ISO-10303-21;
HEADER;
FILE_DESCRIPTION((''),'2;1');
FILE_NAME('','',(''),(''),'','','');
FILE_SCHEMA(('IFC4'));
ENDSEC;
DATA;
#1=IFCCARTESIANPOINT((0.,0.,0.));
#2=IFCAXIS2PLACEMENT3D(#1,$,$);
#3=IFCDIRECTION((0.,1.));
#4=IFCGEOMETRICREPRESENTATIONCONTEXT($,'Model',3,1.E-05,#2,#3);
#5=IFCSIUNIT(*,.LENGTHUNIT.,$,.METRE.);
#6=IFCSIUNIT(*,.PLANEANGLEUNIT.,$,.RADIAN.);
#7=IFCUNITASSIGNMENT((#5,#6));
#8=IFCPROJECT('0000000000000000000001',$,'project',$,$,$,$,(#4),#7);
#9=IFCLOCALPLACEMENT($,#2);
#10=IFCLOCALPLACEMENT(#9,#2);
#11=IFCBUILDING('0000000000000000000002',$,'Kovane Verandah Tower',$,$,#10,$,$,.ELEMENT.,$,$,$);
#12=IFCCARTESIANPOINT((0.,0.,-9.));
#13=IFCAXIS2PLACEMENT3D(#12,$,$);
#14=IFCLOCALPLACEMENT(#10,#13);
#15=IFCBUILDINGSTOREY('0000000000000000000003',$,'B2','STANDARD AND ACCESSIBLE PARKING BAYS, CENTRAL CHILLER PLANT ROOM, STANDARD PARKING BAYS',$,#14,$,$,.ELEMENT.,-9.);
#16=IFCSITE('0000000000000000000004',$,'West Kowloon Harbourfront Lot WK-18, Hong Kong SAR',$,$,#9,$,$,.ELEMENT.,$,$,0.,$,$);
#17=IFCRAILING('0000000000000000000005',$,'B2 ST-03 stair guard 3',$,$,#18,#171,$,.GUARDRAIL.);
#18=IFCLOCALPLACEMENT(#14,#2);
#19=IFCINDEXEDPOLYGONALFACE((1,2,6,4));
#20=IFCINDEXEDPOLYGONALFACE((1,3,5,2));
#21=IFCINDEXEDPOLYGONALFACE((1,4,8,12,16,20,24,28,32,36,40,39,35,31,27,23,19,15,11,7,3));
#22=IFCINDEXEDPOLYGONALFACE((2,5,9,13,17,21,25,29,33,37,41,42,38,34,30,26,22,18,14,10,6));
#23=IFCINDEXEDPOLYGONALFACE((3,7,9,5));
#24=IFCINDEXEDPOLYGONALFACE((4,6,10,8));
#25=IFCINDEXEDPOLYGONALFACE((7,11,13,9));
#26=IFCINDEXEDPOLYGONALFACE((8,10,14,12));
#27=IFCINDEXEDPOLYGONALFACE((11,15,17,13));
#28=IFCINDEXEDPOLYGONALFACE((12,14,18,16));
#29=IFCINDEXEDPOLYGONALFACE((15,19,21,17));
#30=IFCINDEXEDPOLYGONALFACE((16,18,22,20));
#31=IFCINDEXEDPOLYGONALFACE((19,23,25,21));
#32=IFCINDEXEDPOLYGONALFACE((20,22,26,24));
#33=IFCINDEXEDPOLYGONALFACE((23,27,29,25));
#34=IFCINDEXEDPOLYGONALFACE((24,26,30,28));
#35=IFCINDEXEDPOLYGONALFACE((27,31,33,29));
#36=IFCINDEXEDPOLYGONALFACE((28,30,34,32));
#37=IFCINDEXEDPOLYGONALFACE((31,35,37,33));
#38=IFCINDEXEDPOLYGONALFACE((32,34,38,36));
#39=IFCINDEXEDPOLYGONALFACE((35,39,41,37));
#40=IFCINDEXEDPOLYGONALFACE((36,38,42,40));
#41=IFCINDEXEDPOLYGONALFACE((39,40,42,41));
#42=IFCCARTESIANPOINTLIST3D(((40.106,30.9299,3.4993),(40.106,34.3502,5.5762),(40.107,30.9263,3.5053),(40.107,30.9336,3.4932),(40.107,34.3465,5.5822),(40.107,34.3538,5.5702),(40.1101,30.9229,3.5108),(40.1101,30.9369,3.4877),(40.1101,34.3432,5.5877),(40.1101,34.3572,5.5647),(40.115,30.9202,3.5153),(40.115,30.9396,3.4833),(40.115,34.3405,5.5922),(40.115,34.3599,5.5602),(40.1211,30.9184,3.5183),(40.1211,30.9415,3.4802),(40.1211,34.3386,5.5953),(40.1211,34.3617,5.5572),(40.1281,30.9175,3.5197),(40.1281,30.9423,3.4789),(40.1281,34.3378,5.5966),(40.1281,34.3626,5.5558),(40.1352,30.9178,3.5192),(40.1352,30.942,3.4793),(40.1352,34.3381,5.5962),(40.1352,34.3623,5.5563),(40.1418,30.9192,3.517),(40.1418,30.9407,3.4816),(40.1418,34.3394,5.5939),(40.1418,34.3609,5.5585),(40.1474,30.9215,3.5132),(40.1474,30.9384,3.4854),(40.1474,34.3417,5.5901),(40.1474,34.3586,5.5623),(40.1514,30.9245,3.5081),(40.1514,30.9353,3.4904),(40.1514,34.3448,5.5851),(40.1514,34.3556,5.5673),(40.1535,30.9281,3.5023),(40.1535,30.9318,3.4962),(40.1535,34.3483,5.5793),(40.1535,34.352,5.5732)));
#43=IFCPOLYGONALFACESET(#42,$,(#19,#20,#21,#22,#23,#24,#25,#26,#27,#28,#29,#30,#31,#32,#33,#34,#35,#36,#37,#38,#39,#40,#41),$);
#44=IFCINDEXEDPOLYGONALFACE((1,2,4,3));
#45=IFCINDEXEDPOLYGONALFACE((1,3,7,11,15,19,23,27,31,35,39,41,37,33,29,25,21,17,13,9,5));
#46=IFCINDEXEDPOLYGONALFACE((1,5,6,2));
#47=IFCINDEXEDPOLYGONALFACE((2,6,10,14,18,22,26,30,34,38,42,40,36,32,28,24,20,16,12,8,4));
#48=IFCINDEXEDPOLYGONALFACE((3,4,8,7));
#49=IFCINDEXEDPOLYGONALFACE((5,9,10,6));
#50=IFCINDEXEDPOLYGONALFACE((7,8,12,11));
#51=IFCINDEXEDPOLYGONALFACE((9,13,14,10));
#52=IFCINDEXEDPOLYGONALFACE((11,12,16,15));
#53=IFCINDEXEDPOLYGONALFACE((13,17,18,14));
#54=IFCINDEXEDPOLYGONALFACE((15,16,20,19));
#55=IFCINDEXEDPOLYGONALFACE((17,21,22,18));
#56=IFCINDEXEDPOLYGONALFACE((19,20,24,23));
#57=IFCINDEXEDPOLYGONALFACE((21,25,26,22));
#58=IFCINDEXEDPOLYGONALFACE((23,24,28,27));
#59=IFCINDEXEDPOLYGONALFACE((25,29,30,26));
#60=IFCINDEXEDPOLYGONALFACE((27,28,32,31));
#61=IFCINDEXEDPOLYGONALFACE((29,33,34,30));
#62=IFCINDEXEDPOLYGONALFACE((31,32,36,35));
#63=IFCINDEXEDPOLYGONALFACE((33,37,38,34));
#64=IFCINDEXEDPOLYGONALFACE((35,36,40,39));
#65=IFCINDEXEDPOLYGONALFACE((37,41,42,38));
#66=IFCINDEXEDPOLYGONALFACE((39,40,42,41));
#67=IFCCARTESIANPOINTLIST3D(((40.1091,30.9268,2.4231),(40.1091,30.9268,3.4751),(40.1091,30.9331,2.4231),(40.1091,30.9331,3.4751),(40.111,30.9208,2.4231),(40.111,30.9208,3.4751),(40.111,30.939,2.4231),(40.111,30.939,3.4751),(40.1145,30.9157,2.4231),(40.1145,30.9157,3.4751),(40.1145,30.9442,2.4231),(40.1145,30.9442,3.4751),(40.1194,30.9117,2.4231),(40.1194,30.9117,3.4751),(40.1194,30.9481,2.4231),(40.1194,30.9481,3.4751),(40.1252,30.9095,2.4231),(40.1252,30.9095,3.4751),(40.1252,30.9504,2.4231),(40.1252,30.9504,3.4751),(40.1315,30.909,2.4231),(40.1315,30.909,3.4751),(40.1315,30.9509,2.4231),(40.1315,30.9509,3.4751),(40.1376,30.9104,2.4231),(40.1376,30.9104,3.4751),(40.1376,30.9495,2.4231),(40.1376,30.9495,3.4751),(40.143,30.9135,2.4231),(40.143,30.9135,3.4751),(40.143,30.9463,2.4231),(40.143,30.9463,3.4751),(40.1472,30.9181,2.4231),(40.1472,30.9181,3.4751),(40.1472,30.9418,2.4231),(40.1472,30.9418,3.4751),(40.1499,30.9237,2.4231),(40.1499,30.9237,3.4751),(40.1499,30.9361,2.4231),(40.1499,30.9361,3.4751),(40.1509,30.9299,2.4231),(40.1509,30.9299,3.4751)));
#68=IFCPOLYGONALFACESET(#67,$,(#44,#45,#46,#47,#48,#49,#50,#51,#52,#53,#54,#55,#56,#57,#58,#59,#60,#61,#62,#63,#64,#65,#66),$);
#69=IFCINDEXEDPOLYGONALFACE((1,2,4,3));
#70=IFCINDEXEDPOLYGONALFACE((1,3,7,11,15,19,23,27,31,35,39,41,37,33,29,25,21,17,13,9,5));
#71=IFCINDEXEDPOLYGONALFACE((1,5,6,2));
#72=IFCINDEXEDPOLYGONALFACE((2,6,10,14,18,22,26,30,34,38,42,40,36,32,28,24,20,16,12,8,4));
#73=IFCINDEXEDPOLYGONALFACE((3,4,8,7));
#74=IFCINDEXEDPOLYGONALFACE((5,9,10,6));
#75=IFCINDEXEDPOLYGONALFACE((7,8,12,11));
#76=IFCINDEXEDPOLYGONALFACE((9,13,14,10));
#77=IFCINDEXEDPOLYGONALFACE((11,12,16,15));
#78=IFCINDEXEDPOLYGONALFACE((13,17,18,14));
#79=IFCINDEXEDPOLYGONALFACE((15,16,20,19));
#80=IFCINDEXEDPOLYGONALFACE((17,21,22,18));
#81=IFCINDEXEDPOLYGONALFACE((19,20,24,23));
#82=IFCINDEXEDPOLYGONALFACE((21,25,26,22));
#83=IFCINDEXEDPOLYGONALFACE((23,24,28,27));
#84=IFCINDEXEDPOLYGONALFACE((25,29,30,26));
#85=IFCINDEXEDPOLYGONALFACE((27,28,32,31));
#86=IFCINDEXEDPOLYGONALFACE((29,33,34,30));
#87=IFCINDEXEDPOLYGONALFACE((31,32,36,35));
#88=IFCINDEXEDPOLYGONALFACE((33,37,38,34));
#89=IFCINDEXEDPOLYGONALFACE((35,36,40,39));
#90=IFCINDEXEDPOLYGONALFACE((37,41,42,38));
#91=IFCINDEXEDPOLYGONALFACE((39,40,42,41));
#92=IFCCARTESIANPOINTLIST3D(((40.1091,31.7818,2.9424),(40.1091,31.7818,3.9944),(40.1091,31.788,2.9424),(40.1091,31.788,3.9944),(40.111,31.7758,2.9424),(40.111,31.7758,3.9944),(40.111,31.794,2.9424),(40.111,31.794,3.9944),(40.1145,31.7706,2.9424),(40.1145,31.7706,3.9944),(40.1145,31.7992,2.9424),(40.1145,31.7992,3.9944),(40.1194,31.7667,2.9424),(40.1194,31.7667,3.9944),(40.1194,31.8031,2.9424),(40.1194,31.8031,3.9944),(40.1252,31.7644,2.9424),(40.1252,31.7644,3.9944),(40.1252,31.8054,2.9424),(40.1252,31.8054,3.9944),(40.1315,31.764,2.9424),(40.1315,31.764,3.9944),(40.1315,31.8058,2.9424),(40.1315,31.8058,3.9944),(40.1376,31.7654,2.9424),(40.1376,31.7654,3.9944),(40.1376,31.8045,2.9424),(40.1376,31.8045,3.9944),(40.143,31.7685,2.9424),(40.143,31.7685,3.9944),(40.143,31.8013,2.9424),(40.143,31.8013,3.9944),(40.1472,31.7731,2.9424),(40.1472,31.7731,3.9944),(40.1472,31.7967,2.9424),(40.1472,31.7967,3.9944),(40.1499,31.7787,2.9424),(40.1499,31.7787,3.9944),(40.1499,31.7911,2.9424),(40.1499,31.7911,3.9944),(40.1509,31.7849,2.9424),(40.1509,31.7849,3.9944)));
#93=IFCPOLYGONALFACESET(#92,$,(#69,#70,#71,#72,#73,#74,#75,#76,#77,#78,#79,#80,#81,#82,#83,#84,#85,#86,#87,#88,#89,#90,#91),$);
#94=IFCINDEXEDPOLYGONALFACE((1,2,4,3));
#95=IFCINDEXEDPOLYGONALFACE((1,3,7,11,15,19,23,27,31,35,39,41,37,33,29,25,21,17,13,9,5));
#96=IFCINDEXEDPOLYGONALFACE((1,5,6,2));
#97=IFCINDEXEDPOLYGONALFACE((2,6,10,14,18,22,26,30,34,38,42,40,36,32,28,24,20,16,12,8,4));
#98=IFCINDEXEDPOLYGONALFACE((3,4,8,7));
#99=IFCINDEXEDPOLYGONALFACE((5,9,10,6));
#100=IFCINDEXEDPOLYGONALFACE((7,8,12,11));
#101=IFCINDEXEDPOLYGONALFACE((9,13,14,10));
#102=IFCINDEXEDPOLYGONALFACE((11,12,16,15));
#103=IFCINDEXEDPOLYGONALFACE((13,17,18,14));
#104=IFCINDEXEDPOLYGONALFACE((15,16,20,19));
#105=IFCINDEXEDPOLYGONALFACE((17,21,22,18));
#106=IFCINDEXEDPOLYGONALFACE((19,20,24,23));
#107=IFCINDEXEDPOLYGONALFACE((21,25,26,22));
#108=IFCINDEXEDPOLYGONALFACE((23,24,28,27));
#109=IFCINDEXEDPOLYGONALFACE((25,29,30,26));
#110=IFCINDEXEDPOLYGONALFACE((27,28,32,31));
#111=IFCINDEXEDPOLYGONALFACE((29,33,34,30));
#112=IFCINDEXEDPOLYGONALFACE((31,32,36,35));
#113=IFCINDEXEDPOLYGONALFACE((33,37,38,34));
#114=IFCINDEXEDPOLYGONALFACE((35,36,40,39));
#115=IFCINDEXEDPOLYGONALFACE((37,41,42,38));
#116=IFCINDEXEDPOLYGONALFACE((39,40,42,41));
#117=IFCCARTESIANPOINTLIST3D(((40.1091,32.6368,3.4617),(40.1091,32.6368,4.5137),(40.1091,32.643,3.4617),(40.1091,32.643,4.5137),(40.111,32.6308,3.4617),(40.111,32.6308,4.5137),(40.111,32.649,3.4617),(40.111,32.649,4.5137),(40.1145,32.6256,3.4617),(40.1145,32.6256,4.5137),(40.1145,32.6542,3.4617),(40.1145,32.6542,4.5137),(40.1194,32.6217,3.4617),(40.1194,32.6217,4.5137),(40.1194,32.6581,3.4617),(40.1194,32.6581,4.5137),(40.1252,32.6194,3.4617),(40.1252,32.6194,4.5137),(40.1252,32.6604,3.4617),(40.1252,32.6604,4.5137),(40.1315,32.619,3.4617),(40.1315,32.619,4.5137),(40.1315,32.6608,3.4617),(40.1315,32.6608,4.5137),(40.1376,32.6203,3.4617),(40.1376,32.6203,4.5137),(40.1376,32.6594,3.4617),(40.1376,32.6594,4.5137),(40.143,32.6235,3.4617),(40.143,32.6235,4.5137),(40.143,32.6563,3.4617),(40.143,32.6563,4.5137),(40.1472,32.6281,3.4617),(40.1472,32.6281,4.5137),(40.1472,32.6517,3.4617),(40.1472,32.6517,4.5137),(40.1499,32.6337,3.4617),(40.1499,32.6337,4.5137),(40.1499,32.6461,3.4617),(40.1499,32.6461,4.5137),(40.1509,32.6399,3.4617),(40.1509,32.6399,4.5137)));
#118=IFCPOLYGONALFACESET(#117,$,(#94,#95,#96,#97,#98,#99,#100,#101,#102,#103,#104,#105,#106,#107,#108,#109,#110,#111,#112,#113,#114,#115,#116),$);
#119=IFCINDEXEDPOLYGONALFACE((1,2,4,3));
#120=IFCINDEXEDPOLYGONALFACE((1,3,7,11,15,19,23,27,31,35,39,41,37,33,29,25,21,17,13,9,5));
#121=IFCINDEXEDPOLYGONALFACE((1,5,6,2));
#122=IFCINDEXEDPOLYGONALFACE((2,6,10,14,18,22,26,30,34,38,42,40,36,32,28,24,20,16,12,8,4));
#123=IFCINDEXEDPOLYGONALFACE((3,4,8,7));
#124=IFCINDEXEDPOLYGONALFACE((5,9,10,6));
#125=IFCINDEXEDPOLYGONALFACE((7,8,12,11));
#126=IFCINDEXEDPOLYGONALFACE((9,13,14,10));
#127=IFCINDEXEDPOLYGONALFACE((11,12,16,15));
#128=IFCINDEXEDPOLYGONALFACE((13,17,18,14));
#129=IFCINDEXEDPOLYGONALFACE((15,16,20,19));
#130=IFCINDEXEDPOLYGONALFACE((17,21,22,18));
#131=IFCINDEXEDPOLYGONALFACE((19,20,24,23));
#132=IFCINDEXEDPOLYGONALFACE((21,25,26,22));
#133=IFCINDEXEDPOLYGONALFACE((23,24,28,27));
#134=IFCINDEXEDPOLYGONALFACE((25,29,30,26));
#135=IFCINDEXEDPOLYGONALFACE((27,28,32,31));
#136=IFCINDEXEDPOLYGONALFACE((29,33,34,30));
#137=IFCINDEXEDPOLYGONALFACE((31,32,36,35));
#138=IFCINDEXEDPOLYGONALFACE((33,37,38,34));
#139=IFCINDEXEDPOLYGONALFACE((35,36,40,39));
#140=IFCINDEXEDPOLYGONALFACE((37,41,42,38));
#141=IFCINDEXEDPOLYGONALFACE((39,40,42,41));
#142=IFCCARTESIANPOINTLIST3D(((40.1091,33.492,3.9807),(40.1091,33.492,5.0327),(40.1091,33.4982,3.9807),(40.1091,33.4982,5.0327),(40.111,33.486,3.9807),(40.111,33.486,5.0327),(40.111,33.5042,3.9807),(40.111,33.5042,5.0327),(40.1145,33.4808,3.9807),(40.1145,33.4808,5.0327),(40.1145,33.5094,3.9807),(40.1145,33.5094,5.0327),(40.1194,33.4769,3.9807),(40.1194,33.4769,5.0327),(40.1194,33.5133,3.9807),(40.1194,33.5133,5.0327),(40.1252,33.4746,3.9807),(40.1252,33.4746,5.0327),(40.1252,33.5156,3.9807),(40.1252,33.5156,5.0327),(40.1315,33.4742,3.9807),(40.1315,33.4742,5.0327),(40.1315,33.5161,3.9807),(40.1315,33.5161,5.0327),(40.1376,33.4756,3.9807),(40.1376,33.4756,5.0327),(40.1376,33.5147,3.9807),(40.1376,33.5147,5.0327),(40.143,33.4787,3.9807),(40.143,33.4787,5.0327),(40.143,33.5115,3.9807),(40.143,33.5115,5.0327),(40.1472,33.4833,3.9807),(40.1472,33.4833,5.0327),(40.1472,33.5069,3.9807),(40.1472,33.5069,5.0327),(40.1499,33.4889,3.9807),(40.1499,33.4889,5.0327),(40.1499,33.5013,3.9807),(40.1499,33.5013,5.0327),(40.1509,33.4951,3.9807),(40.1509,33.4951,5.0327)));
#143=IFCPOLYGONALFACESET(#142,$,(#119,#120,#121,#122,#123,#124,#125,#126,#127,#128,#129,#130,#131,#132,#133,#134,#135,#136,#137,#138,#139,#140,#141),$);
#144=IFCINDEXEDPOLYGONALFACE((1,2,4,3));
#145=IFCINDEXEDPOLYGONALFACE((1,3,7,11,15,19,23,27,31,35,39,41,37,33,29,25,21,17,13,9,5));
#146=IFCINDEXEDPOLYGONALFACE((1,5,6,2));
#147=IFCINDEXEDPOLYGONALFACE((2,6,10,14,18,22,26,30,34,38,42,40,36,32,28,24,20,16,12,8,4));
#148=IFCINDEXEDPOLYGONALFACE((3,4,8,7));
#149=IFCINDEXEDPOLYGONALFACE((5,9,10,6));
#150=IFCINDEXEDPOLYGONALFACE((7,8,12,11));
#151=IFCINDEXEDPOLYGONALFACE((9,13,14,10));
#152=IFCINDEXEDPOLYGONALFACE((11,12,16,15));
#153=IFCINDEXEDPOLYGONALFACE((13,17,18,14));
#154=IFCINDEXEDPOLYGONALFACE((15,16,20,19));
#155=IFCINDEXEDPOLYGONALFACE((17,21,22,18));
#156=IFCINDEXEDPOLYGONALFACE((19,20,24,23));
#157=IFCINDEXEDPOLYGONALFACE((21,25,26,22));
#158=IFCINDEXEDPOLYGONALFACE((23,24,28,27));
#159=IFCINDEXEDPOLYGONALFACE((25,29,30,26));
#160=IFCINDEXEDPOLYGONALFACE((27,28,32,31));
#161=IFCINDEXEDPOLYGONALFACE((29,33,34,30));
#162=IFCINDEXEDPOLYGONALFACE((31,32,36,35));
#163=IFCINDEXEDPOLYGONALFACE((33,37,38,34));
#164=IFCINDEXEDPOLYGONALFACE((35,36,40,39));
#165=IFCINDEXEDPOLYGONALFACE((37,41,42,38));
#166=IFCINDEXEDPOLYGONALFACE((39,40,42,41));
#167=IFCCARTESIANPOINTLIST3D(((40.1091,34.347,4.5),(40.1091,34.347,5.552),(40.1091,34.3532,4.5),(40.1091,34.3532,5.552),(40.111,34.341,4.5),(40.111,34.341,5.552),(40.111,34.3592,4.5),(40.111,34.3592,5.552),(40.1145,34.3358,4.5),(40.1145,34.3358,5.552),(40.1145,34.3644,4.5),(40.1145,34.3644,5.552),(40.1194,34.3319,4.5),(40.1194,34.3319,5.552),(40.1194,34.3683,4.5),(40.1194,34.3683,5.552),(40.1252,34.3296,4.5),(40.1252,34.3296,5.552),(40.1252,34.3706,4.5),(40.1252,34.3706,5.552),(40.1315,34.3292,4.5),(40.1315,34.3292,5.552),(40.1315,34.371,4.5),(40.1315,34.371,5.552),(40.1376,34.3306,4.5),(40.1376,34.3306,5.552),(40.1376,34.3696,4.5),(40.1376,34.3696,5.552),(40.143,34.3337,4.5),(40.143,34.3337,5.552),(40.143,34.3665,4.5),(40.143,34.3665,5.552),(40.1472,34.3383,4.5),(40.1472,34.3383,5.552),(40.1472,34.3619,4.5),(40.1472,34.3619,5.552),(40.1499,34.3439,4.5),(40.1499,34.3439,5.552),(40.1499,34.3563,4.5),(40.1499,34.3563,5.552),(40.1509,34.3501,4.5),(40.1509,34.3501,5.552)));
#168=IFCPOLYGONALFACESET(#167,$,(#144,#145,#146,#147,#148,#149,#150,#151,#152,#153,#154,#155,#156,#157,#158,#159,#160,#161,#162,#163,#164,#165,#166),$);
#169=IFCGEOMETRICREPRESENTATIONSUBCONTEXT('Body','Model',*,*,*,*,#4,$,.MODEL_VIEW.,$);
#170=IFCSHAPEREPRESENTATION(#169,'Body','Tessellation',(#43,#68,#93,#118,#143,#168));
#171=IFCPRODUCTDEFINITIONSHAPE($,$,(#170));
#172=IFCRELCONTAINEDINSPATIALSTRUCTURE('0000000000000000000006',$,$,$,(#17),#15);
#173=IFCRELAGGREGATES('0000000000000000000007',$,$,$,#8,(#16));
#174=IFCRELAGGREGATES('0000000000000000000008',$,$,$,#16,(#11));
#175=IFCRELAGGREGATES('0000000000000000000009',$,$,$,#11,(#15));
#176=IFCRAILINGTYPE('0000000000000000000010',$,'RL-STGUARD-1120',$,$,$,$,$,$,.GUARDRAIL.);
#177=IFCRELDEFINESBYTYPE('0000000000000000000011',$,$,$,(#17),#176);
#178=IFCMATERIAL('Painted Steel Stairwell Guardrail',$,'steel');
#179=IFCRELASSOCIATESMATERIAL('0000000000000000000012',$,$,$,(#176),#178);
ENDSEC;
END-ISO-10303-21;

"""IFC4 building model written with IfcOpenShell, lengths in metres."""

from ifc_helpers import new_model, si_unit, direction, frame, origin, origin_2d, place, context, subcontext, project, spatial, circle, extrude, material, type_object, element, save


model = new_model("IFC4")

# Units and contexts
model_context = context("Model", 3, precision=1e-05, world=origin(), true_north=direction((0.0, 1.0)))
body_context = subcontext(model_context, "Body", "Model", "MODEL_VIEW")
ifc_project = project(units=[si_unit("LENGTHUNIT", "METRE"), si_unit("PLANEANGLEUNIT", "RADIAN")], contexts=[model_context])

# Site, building, storey
site_placement = place(None, origin())
site = spatial("IfcSite", under=ifc_project, at=site_placement, Name="West Kowloon Harbourfront Lot WK-18, Hong Kong SAR", CompositionType="ELEMENT", RefElevation=0.0)
building_placement = place(site_placement, origin())
building = spatial("IfcBuilding", under=site, at=building_placement, Name="Kovane Verandah Tower", CompositionType="ELEMENT")
storey_placement = place(building_placement, frame((0.0, 0.0, -9.0)))
storey = spatial("IfcBuildingStorey", under=building, at=storey_placement, Name="B2", Description="STANDARD AND ACCESSIBLE PARKING BAYS, CENTRAL CHILLER PLANT ROOM, STANDARD PARKING BAYS", CompositionType="ELEMENT", Elevation=-9.0)

# Railing
ifc_material_1 = material(Name="Painted Steel Stairwell Guardrail", Category="steel")
railing_type_1 = type_object("IfcRailingType", Name="RL-STGUARD-1120", PredefinedType="GUARDRAIL", material=ifc_material_1)
railing_1_placement = place(storey_placement, frame((40.1299, 30.9299, 2.4231)))
element("IfcRailing", 1, at=railing_1_placement, inside=storey, type_object=railing_type_1, Name="B2 ST-03 stair guard 3", PredefinedType="GUARDRAIL", context=body_context, shape_type="SweptSolid", body=[
    extrude(circle(Radius=0.0239, at=origin_2d()), frame((0.0, 0.0, 1.0762), z_axis=(0.0, 0.854746, 0.519047), x_axis=(-1.0, 0.0, 0.0)), (0.0, 0.0, 1.0), 4.0015),
    extrude(circle(Radius=0.021, at=origin_2d()), origin(), (0.0, 0.0, 1.0), 1.052),
    extrude(circle(Radius=0.021, at=origin_2d()), frame((0.0, 0.855, 0.5193)), (0.0, 0.0, 1.0), 1.052),
    extrude(circle(Radius=0.021, at=origin_2d()), frame((0.0, 1.71, 1.0386)), (0.0, 0.0, 1.0), 1.052),
    extrude(circle(Radius=0.021, at=origin_2d()), frame((0.0, 2.5652, 1.5576)), (0.0, 0.0, 1.0), 1.052),
    extrude(circle(Radius=0.021, at=origin_2d()), frame((0.0, 3.4202, 2.0769)), (0.0, 0.0, 1.0), 1.052),
])

save(model, "model.ifc")
